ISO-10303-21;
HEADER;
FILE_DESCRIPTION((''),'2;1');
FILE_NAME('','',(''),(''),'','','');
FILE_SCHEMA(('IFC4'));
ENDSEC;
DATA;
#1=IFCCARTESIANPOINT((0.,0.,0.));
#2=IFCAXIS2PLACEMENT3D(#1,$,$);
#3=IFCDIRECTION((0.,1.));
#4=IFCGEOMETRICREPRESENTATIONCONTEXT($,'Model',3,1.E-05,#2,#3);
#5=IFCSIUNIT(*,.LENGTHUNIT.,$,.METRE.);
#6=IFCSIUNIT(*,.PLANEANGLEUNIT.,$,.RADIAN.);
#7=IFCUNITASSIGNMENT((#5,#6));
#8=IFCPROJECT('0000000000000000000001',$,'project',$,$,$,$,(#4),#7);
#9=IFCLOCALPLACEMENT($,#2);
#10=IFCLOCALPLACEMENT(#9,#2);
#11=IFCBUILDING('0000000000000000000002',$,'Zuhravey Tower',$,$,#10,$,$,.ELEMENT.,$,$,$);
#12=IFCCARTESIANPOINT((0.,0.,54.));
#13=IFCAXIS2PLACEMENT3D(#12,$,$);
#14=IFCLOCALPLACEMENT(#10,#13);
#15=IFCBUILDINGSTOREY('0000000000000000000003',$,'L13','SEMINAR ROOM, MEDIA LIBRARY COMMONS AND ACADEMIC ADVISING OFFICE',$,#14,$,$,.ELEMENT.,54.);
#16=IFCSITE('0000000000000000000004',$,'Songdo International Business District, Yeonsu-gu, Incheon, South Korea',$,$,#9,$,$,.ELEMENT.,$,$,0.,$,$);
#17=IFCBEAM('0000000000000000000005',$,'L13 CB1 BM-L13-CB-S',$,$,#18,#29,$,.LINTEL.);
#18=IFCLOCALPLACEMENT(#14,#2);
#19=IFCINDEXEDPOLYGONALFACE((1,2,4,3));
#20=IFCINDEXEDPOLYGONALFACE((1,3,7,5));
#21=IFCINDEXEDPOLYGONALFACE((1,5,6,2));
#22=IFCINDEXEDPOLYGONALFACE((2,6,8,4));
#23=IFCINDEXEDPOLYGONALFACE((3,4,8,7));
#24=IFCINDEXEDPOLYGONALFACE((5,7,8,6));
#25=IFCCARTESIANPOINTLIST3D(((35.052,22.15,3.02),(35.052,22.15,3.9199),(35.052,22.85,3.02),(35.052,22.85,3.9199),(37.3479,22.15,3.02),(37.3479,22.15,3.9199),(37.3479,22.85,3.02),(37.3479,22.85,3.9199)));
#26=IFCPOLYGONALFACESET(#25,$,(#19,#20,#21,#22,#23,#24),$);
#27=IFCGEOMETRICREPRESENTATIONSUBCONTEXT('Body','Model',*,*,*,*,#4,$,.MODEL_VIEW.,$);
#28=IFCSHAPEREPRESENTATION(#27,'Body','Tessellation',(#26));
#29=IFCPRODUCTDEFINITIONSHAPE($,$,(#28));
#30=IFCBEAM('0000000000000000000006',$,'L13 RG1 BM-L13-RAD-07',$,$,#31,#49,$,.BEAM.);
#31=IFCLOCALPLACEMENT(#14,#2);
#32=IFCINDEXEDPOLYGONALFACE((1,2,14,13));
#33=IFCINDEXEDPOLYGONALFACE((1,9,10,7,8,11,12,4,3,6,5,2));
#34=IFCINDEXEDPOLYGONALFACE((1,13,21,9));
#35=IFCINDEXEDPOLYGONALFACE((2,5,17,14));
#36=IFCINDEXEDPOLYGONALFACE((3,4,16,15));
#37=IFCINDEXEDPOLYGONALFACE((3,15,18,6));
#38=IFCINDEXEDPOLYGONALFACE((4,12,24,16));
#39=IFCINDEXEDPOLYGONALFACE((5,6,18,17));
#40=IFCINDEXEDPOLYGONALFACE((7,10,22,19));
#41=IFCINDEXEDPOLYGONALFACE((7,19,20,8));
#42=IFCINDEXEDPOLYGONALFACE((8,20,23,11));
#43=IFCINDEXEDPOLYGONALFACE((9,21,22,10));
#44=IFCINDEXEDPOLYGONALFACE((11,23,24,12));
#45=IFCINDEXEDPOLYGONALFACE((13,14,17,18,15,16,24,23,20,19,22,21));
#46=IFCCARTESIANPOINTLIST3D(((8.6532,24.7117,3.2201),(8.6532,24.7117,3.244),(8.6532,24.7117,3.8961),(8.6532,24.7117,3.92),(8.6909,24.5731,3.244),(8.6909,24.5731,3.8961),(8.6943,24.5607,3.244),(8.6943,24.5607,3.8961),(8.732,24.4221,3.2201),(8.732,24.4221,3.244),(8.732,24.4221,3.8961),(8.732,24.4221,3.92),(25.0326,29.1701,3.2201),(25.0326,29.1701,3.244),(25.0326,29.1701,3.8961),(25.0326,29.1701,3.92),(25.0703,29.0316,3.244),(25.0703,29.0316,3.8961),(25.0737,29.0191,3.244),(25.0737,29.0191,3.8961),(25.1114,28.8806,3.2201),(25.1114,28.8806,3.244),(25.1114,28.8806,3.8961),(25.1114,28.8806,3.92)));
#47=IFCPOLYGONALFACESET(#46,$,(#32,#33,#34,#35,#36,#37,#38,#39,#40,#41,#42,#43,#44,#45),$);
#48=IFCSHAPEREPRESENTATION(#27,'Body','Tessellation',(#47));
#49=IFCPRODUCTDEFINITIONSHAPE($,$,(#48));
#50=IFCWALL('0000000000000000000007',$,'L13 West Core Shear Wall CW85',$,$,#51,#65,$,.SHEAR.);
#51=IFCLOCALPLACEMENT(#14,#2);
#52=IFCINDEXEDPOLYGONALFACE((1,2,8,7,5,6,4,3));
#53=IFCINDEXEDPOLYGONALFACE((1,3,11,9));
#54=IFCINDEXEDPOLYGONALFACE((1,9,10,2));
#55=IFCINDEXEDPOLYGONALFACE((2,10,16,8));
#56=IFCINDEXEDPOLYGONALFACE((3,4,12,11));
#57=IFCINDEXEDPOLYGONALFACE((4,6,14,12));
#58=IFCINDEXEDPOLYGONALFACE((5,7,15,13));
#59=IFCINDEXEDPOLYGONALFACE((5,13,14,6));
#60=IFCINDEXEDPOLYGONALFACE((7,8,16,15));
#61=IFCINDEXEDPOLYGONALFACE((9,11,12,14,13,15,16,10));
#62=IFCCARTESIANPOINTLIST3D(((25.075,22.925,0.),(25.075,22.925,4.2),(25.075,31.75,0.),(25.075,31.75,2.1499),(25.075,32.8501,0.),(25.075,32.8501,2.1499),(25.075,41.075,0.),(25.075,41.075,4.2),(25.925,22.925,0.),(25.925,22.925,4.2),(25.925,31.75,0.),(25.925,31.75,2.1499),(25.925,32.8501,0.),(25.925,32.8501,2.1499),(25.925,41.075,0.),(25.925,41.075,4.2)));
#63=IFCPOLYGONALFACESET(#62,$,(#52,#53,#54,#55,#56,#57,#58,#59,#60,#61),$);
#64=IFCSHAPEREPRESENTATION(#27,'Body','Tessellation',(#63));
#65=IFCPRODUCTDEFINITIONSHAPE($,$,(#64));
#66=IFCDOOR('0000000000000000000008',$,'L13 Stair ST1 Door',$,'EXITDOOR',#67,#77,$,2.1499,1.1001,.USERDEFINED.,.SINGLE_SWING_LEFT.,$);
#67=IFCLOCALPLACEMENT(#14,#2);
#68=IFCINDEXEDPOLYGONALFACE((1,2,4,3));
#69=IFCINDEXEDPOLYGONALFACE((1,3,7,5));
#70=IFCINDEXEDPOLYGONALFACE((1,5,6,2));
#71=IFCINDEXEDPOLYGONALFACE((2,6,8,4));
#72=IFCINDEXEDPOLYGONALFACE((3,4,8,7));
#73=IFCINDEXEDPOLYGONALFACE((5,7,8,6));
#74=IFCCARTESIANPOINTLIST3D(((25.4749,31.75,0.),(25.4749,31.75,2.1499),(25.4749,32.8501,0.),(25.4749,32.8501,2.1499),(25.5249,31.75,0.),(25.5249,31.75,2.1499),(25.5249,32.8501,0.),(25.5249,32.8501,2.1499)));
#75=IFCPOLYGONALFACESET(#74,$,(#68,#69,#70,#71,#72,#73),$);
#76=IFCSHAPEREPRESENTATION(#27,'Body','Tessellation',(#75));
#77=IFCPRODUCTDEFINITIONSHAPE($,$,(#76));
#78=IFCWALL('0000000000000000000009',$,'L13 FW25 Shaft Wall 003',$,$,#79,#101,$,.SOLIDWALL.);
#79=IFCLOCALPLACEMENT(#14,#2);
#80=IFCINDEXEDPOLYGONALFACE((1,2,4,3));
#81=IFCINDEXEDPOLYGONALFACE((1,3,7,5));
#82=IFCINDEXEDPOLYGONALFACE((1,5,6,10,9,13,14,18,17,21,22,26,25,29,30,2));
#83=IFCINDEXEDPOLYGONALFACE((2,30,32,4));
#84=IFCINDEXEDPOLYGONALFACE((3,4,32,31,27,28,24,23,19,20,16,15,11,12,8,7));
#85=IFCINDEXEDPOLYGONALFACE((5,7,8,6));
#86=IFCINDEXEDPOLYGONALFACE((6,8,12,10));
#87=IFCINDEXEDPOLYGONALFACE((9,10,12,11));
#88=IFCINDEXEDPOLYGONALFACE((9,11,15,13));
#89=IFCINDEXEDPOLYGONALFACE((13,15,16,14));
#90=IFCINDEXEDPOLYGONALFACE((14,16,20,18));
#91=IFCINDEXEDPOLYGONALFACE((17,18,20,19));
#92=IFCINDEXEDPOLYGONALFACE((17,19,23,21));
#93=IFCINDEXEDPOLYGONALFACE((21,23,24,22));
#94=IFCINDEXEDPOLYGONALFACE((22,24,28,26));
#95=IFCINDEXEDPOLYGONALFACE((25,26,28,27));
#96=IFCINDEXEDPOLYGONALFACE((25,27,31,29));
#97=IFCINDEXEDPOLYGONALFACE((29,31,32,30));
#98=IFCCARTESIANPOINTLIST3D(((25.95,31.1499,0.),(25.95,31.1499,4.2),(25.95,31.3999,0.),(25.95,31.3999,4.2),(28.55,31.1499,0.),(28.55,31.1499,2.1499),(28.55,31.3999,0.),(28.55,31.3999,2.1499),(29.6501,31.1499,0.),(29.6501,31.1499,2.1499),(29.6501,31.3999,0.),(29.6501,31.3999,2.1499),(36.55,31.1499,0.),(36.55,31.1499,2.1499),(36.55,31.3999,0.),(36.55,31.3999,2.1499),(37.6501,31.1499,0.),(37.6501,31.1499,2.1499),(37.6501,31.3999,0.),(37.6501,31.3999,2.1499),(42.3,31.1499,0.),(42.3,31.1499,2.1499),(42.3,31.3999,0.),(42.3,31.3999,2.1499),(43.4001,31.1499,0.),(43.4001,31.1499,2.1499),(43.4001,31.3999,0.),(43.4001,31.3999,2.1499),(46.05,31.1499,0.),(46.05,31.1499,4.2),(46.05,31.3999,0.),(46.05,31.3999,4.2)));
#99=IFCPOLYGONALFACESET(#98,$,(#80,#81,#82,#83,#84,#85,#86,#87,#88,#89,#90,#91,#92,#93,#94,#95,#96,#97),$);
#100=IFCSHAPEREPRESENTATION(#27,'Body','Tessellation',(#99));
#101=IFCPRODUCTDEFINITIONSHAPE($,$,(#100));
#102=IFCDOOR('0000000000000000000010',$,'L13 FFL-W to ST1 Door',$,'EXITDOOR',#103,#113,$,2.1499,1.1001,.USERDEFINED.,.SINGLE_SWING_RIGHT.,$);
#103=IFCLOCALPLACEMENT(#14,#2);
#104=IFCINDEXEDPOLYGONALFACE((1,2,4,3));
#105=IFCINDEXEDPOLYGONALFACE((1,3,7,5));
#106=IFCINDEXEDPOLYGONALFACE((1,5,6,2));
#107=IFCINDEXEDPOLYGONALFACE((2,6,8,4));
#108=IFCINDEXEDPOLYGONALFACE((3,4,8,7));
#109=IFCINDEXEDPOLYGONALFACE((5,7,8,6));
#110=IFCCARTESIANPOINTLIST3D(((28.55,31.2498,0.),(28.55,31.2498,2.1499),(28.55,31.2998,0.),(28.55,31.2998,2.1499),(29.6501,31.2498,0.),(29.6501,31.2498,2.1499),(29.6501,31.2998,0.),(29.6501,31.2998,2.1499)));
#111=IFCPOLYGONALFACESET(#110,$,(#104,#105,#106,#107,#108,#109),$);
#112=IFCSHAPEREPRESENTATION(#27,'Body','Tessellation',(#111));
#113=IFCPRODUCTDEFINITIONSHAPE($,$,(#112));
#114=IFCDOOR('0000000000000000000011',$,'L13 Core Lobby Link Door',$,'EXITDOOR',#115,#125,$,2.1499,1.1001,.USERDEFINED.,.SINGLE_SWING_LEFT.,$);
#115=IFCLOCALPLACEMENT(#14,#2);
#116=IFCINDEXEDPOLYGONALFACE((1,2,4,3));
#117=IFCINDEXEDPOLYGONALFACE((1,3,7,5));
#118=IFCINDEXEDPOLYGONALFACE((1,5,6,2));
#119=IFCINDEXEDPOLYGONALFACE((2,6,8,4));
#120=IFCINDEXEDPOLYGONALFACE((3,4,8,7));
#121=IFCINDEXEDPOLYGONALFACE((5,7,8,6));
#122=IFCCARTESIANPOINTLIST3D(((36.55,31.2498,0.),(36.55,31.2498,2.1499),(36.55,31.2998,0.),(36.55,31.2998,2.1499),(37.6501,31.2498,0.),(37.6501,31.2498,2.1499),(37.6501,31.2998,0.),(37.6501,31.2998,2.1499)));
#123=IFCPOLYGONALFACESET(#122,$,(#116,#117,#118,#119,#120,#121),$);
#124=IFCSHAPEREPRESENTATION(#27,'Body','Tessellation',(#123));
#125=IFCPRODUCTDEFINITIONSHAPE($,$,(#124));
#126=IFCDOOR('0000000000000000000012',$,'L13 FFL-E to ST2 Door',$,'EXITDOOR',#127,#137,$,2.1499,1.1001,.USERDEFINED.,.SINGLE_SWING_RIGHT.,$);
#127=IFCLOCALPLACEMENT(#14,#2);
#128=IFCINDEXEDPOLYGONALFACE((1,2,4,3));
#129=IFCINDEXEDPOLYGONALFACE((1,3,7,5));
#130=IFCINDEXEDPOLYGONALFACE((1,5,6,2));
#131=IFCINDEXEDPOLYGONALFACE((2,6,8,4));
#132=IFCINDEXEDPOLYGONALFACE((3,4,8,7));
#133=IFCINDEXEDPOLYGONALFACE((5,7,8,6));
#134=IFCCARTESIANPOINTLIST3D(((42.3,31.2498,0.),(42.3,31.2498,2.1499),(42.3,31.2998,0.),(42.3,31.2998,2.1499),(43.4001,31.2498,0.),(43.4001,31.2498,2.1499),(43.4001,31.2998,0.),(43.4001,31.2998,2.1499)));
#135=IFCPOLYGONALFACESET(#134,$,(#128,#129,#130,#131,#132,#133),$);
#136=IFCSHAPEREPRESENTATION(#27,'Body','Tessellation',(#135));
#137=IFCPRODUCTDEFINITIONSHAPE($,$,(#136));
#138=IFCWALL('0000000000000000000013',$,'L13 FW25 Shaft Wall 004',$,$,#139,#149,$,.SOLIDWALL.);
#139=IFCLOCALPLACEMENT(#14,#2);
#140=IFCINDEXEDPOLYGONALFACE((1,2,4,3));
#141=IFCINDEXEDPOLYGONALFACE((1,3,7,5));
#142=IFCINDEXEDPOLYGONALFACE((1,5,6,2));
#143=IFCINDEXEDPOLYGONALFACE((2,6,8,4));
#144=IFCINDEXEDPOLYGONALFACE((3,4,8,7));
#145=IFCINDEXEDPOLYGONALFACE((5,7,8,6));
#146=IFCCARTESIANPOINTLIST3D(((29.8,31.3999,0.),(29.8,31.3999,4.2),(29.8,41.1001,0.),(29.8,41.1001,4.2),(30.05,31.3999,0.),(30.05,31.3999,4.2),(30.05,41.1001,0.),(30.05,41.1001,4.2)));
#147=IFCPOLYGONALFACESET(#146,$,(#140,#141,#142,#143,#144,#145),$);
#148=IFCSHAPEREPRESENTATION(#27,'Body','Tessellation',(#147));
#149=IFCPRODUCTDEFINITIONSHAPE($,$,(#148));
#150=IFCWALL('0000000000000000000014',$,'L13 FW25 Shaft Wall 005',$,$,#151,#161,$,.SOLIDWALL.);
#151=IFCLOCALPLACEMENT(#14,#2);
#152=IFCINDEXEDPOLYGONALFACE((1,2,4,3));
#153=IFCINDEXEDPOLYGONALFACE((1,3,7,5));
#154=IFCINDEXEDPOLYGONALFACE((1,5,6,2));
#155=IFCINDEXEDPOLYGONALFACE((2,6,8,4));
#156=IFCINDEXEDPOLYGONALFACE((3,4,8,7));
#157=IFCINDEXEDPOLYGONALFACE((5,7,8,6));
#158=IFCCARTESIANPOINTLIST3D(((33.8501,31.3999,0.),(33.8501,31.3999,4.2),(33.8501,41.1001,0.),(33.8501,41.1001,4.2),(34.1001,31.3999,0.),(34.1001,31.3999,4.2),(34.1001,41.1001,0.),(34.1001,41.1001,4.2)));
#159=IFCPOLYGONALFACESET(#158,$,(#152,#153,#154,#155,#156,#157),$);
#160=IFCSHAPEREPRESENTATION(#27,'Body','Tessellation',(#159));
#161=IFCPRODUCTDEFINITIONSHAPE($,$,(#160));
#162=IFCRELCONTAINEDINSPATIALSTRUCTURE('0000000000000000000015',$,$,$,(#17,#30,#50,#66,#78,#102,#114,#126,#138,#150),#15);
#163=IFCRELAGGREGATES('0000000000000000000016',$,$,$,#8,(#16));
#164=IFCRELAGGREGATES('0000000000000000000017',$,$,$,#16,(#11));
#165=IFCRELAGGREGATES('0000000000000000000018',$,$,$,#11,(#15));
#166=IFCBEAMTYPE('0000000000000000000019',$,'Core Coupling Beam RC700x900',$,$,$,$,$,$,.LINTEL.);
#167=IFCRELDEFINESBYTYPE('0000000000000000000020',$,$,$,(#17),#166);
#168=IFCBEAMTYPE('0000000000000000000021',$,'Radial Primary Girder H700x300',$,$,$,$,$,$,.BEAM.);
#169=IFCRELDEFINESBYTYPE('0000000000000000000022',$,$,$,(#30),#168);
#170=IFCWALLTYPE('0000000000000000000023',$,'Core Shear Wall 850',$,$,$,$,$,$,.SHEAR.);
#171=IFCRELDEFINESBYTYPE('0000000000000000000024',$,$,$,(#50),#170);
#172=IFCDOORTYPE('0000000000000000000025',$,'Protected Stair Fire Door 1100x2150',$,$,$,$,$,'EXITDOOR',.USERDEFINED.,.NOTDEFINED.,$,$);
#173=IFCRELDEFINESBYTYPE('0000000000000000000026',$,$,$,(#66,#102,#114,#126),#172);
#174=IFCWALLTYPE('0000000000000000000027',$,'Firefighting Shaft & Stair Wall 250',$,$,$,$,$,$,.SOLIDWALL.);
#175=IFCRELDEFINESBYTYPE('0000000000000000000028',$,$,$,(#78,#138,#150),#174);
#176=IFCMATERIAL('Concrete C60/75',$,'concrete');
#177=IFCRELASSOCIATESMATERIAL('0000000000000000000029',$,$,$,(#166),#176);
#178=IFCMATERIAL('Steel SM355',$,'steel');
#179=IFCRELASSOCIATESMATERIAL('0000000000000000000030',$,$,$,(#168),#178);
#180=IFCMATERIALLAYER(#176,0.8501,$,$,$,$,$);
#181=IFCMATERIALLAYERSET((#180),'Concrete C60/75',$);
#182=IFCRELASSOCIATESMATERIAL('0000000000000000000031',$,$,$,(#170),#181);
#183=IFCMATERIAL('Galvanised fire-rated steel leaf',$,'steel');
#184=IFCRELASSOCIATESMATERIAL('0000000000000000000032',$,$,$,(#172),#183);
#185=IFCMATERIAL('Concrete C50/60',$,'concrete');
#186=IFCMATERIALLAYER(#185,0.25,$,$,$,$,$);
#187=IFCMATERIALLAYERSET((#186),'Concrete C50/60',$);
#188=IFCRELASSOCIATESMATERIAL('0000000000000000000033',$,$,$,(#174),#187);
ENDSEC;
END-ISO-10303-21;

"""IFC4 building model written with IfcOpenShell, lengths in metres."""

from ifc_helpers import new_model, si_unit, direction, frame, frame_2d, origin, origin_2d, place, context, subcontext, project, spatial, rectangle, i_section, extrude, material, layer, layer_set, material_profile, profile_set, type_object, element, fill, save


model = new_model("IFC4")

# Units and contexts
model_context = context("Model", 3, precision=1e-05, world=origin(), true_north=direction((0.0, 1.0)))
body_context = subcontext(model_context, "Body", "Model", "MODEL_VIEW")
ifc_project = project(units=[si_unit("LENGTHUNIT", "METRE"), si_unit("PLANEANGLEUNIT", "RADIAN")], contexts=[model_context])

# Site, building, storey
site_placement = place(None, origin())
site = spatial("IfcSite", under=ifc_project, at=site_placement, Name="Songdo International Business District, Yeonsu-gu, Incheon, South Korea", CompositionType="ELEMENT", RefElevation=0.0)
building_placement = place(site_placement, origin())
building = spatial("IfcBuilding", under=site, at=building_placement, Name="Zuhravey Tower", CompositionType="ELEMENT")
storey_placement = place(building_placement, frame((0.0, 0.0, 54.0)))
storey = spatial("IfcBuildingStorey", under=building, at=storey_placement, Name="L13", Description="SEMINAR ROOM, MEDIA LIBRARY COMMONS AND ACADEMIC ADVISING OFFICE", CompositionType="ELEMENT", Elevation=54.0)

# Beams
ifc_material_1 = material(Name="Concrete C60/75", Category="concrete")
ifc_material_profile_1 = material_profile(ifc_material_1, rectangle(XDim=0.7, YDim=0.8999, at=origin_2d()), Name="RC-700x900")
ifc_profile_set_1 = profile_set([ifc_material_profile_1], Name="Concrete C60/75")
beam_type_1 = type_object("IfcBeamType", Name="Core Coupling Beam RC700x900", PredefinedType="LINTEL", material=ifc_profile_set_1)
beam_1_placement = place(storey_placement, frame((35.052, 22.5, 3.47), z_axis=(1.0, 0.0, 0.0), x_axis=(0.0, 1.0, 0.0)))
element("IfcBeam", 1, at=beam_1_placement, inside=storey, type_object=beam_type_1, Name="L13 CB1 BM-L13-CB-S", PredefinedType="LINTEL", context=body_context, shape_type="SweptSolid", body=[
    extrude(rectangle(XDim=0.7, YDim=0.8999, at=origin_2d()), origin(), (0.0, 0.0, 1.0), 2.2959),
])
ifc_material_2 = material(Name="Steel SM355", Category="steel")
ifc_material_profile_2 = material_profile(ifc_material_2, i_section(OverallWidth=0.3, OverallDepth=0.7, WebThickness=0.0129, FlangeThickness=0.0239, at=origin_2d()), Name="H-700x300x13x24")
ifc_profile_set_2 = profile_set([ifc_material_profile_2], Name="Steel SM355")
beam_type_2 = type_object("IfcBeamType", Name="Radial Primary Girder H700x300", PredefinedType="BEAM", material=ifc_profile_set_2)
beam_2_placement = place(storey_placement, frame((25.072, 29.0254, 3.5701), z_axis=(-0.964892, -0.262645, 0.0), x_axis=(0.262645, -0.964892, 0.0)))
element("IfcBeam", 2, at=beam_2_placement, inside=storey, type_object=beam_type_2, Name="L13 RG1 BM-L13-RAD-07", PredefinedType="BEAM", context=body_context, shape_type="SweptSolid", body=[
    extrude(i_section(OverallWidth=0.3, OverallDepth=0.7, WebThickness=0.0129, FlangeThickness=0.0239, at=origin_2d()), origin(), (0.0, 0.0, 1.0), 16.9753),
])

# Wall, opening, door
ifc_layer_1 = layer(ifc_material_1, 0.8501)
ifc_layer_set_1 = layer_set([ifc_layer_1], Name="Concrete C60/75")
wall_type_1 = type_object("IfcWallType", Name="Core Shear Wall 850", PredefinedType="SHEAR", material=ifc_layer_set_1)
wall_1_placement = place(storey_placement, frame((25.5, 22.925, 0.0), z_axis=(0.0, 0.0, 1.0), x_axis=(0.0, 1.0, 0.0)))
wall_1 = element("IfcWall", 3, at=wall_1_placement, inside=storey, type_object=wall_type_1, Name="L13 West Core Shear Wall CW85", PredefinedType="SHEAR", context=body_context, shape_type="SweptSolid", body=[
    extrude(rectangle(XDim=18.1499, YDim=0.8501, at=frame_2d((9.075, 0.0))), origin(), (0.0, 0.0, 1.0), 4.2),
])
opening_1_placement = place(wall_1_placement, frame((8.825, 0.0, 0.0)))
opening_1 = element("IfcOpeningElement", 4, at=opening_1_placement, cuts=wall_1, PredefinedType="OPENING", context=body_context, shape_type="SweptSolid", body=[
    extrude(rectangle(XDim=1.1001, YDim=2.1499, at=frame_2d((0.55, 1.075))), frame((0.0, 0.437, 0.0), z_axis=(0.0, -1.0, 0.0), x_axis=(1.0, 0.0, 0.0)), (0.0, 0.0, 1.0), 0.874),
])
ifc_material_3 = material(Name="Galvanised fire-rated steel leaf", Category="steel")
door_type_1 = type_object("IfcDoorType", Name="Protected Stair Fire Door 1100x2150", ElementType="EXITDOOR", OperationType="NOTDEFINED", PredefinedType="USERDEFINED", material=ifc_material_3)
door_1_placement = place(opening_1_placement, frame((1.1001, 0.0, 0.0), z_axis=(0.0, 0.0, 1.0), x_axis=(-1.0, 0.0, 0.0)))
door_1 = element("IfcDoor", 5, at=door_1_placement, inside=storey, type_object=door_type_1, Name="L13 Stair ST1 Door", ObjectType="EXITDOOR", OperationType="SINGLE_SWING_LEFT", OverallHeight=2.1499, OverallWidth=1.1001, PredefinedType="USERDEFINED", context=body_context, shape_type="SweptSolid", body=[
    extrude(rectangle(XDim=1.1001, YDim=2.1499, at=frame_2d((0.55, 1.075))), frame((0.0, 0.0249, 0.0), z_axis=(0.0, -1.0, 0.0), x_axis=(1.0, 0.0, 0.0)), (0.0, 0.0, 1.0), 0.05),
])
fill(opening_1, door_1)
ifc_material_4 = material(Name="Concrete C50/60", Category="concrete")
ifc_layer_2 = layer(ifc_material_4, 0.25)
ifc_layer_set_2 = layer_set([ifc_layer_2], Name="Concrete C50/60")
wall_type_2 = type_object("IfcWallType", Name="Firefighting Shaft & Stair Wall 250", PredefinedType="SOLIDWALL", material=ifc_layer_set_2)

# Wall, openings, doors
wall_2_placement = place(storey_placement, frame((25.95, 31.2749, 0.0), z_axis=(0.0, 0.0, 1.0), x_axis=(1.0, 0.0, 0.0)))
wall_2 = element("IfcWall", 6, at=wall_2_placement, inside=storey, type_object=wall_type_2, Name="L13 FW25 Shaft Wall 003", PredefinedType="SOLIDWALL", context=body_context, shape_type="SweptSolid", body=[
    extrude(rectangle(XDim=20.1001, YDim=0.25, at=frame_2d((10.05, 0.0))), origin(), (0.0, 0.0, 1.0), 4.2),
])
opening_2_placement = place(wall_2_placement, frame((2.6001, 0.0, 0.0)))
opening_2 = element("IfcOpeningElement", 7, at=opening_2_placement, cuts=wall_2, PredefinedType="OPENING", context=body_context, shape_type="SweptSolid", body=[
    extrude(rectangle(XDim=1.1001, YDim=2.1499, at=frame_2d((0.55, 1.075))), frame((0.0, 0.137, 0.0), z_axis=(0.0, -1.0, 0.0), x_axis=(1.0, 0.0, 0.0)), (0.0, 0.0, 1.0), 0.2739),
])
opening_3_placement = place(wall_2_placement, frame((10.6001, 0.0, 0.0)))
opening_3 = element("IfcOpeningElement", 8, at=opening_3_placement, cuts=wall_2, PredefinedType="OPENING", context=body_context, shape_type="SweptSolid", body=[
    extrude(rectangle(XDim=1.1001, YDim=2.1499, at=frame_2d((0.55, 1.075))), frame((0.0, 0.137, 0.0), z_axis=(0.0, -1.0, 0.0), x_axis=(1.0, 0.0, 0.0)), (0.0, 0.0, 1.0), 0.2739),
])
opening_4_placement = place(wall_2_placement, frame((16.3501, 0.0, 0.0)))
opening_4 = element("IfcOpeningElement", 9, at=opening_4_placement, cuts=wall_2, PredefinedType="OPENING", context=body_context, shape_type="SweptSolid", body=[
    extrude(rectangle(XDim=1.1001, YDim=2.1499, at=frame_2d((0.55, 1.075))), frame((0.0, 0.137, 0.0), z_axis=(0.0, -1.0, 0.0), x_axis=(1.0, 0.0, 0.0)), (0.0, 0.0, 1.0), 0.2739),
])
door_2_placement = place(opening_2_placement, origin())
door_2 = element("IfcDoor", 10, at=door_2_placement, inside=storey, type_object=door_type_1, Name="L13 FFL-W to ST1 Door", ObjectType="EXITDOOR", OperationType="SINGLE_SWING_RIGHT", OverallHeight=2.1499, OverallWidth=1.1001, PredefinedType="USERDEFINED", context=body_context, shape_type="SweptSolid", body=[
    extrude(rectangle(XDim=1.1001, YDim=2.1499, at=frame_2d((0.55, 1.075))), frame((0.0, 0.0249, 0.0), z_axis=(0.0, -1.0, 0.0), x_axis=(1.0, 0.0, 0.0)), (0.0, 0.0, 1.0), 0.05),
])
fill(opening_2, door_2)
door_3_placement = place(opening_3_placement, origin())
door_3 = element("IfcDoor", 11, at=door_3_placement, inside=storey, type_object=door_type_1, Name="L13 Core Lobby Link Door", ObjectType="EXITDOOR", OperationType="SINGLE_SWING_LEFT", OverallHeight=2.1499, OverallWidth=1.1001, PredefinedType="USERDEFINED", context=body_context, shape_type="SweptSolid", body=[
    extrude(rectangle(XDim=1.1001, YDim=2.1499, at=frame_2d((0.55, 1.075))), frame((0.0, 0.0249, 0.0), z_axis=(0.0, -1.0, 0.0), x_axis=(1.0, 0.0, 0.0)), (0.0, 0.0, 1.0), 0.05),
])
fill(opening_3, door_3)
door_4_placement = place(opening_4_placement, origin())
door_4 = element("IfcDoor", 12, at=door_4_placement, inside=storey, type_object=door_type_1, Name="L13 FFL-E to ST2 Door", ObjectType="EXITDOOR", OperationType="SINGLE_SWING_RIGHT", OverallHeight=2.1499, OverallWidth=1.1001, PredefinedType="USERDEFINED", context=body_context, shape_type="SweptSolid", body=[
    extrude(rectangle(XDim=1.1001, YDim=2.1499, at=frame_2d((0.55, 1.075))), frame((0.0, 0.0249, 0.0), z_axis=(0.0, -1.0, 0.0), x_axis=(1.0, 0.0, 0.0)), (0.0, 0.0, 1.0), 0.05),
])
fill(opening_4, door_4)

# Walls
for number, where, z_axis, x_axis, name in (
    (13, (29.925, 31.3999, 0.0), (0.0, 0.0, 1.0), (0.0, 1.0, 0.0), "L13 FW25 Shaft Wall 004"),
    (14, (33.9751, 31.3999, 0.0), (0.0, 0.0, 1.0), (0.0, 1.0, 0.0), "L13 FW25 Shaft Wall 005"),
):
    element("IfcWall", number, at=place(storey_placement, frame(where, z_axis=z_axis, x_axis=x_axis)), inside=storey, type_object=wall_type_2, Name=name, PredefinedType="SOLIDWALL", context=body_context, shape_type="SweptSolid", body=[
        extrude(rectangle(XDim=9.7002, YDim=0.25, at=frame_2d((4.8501, 0.0))), origin(), (0.0, 0.0, 1.0), 4.2),
    ])

save(model, "model.ifc")
